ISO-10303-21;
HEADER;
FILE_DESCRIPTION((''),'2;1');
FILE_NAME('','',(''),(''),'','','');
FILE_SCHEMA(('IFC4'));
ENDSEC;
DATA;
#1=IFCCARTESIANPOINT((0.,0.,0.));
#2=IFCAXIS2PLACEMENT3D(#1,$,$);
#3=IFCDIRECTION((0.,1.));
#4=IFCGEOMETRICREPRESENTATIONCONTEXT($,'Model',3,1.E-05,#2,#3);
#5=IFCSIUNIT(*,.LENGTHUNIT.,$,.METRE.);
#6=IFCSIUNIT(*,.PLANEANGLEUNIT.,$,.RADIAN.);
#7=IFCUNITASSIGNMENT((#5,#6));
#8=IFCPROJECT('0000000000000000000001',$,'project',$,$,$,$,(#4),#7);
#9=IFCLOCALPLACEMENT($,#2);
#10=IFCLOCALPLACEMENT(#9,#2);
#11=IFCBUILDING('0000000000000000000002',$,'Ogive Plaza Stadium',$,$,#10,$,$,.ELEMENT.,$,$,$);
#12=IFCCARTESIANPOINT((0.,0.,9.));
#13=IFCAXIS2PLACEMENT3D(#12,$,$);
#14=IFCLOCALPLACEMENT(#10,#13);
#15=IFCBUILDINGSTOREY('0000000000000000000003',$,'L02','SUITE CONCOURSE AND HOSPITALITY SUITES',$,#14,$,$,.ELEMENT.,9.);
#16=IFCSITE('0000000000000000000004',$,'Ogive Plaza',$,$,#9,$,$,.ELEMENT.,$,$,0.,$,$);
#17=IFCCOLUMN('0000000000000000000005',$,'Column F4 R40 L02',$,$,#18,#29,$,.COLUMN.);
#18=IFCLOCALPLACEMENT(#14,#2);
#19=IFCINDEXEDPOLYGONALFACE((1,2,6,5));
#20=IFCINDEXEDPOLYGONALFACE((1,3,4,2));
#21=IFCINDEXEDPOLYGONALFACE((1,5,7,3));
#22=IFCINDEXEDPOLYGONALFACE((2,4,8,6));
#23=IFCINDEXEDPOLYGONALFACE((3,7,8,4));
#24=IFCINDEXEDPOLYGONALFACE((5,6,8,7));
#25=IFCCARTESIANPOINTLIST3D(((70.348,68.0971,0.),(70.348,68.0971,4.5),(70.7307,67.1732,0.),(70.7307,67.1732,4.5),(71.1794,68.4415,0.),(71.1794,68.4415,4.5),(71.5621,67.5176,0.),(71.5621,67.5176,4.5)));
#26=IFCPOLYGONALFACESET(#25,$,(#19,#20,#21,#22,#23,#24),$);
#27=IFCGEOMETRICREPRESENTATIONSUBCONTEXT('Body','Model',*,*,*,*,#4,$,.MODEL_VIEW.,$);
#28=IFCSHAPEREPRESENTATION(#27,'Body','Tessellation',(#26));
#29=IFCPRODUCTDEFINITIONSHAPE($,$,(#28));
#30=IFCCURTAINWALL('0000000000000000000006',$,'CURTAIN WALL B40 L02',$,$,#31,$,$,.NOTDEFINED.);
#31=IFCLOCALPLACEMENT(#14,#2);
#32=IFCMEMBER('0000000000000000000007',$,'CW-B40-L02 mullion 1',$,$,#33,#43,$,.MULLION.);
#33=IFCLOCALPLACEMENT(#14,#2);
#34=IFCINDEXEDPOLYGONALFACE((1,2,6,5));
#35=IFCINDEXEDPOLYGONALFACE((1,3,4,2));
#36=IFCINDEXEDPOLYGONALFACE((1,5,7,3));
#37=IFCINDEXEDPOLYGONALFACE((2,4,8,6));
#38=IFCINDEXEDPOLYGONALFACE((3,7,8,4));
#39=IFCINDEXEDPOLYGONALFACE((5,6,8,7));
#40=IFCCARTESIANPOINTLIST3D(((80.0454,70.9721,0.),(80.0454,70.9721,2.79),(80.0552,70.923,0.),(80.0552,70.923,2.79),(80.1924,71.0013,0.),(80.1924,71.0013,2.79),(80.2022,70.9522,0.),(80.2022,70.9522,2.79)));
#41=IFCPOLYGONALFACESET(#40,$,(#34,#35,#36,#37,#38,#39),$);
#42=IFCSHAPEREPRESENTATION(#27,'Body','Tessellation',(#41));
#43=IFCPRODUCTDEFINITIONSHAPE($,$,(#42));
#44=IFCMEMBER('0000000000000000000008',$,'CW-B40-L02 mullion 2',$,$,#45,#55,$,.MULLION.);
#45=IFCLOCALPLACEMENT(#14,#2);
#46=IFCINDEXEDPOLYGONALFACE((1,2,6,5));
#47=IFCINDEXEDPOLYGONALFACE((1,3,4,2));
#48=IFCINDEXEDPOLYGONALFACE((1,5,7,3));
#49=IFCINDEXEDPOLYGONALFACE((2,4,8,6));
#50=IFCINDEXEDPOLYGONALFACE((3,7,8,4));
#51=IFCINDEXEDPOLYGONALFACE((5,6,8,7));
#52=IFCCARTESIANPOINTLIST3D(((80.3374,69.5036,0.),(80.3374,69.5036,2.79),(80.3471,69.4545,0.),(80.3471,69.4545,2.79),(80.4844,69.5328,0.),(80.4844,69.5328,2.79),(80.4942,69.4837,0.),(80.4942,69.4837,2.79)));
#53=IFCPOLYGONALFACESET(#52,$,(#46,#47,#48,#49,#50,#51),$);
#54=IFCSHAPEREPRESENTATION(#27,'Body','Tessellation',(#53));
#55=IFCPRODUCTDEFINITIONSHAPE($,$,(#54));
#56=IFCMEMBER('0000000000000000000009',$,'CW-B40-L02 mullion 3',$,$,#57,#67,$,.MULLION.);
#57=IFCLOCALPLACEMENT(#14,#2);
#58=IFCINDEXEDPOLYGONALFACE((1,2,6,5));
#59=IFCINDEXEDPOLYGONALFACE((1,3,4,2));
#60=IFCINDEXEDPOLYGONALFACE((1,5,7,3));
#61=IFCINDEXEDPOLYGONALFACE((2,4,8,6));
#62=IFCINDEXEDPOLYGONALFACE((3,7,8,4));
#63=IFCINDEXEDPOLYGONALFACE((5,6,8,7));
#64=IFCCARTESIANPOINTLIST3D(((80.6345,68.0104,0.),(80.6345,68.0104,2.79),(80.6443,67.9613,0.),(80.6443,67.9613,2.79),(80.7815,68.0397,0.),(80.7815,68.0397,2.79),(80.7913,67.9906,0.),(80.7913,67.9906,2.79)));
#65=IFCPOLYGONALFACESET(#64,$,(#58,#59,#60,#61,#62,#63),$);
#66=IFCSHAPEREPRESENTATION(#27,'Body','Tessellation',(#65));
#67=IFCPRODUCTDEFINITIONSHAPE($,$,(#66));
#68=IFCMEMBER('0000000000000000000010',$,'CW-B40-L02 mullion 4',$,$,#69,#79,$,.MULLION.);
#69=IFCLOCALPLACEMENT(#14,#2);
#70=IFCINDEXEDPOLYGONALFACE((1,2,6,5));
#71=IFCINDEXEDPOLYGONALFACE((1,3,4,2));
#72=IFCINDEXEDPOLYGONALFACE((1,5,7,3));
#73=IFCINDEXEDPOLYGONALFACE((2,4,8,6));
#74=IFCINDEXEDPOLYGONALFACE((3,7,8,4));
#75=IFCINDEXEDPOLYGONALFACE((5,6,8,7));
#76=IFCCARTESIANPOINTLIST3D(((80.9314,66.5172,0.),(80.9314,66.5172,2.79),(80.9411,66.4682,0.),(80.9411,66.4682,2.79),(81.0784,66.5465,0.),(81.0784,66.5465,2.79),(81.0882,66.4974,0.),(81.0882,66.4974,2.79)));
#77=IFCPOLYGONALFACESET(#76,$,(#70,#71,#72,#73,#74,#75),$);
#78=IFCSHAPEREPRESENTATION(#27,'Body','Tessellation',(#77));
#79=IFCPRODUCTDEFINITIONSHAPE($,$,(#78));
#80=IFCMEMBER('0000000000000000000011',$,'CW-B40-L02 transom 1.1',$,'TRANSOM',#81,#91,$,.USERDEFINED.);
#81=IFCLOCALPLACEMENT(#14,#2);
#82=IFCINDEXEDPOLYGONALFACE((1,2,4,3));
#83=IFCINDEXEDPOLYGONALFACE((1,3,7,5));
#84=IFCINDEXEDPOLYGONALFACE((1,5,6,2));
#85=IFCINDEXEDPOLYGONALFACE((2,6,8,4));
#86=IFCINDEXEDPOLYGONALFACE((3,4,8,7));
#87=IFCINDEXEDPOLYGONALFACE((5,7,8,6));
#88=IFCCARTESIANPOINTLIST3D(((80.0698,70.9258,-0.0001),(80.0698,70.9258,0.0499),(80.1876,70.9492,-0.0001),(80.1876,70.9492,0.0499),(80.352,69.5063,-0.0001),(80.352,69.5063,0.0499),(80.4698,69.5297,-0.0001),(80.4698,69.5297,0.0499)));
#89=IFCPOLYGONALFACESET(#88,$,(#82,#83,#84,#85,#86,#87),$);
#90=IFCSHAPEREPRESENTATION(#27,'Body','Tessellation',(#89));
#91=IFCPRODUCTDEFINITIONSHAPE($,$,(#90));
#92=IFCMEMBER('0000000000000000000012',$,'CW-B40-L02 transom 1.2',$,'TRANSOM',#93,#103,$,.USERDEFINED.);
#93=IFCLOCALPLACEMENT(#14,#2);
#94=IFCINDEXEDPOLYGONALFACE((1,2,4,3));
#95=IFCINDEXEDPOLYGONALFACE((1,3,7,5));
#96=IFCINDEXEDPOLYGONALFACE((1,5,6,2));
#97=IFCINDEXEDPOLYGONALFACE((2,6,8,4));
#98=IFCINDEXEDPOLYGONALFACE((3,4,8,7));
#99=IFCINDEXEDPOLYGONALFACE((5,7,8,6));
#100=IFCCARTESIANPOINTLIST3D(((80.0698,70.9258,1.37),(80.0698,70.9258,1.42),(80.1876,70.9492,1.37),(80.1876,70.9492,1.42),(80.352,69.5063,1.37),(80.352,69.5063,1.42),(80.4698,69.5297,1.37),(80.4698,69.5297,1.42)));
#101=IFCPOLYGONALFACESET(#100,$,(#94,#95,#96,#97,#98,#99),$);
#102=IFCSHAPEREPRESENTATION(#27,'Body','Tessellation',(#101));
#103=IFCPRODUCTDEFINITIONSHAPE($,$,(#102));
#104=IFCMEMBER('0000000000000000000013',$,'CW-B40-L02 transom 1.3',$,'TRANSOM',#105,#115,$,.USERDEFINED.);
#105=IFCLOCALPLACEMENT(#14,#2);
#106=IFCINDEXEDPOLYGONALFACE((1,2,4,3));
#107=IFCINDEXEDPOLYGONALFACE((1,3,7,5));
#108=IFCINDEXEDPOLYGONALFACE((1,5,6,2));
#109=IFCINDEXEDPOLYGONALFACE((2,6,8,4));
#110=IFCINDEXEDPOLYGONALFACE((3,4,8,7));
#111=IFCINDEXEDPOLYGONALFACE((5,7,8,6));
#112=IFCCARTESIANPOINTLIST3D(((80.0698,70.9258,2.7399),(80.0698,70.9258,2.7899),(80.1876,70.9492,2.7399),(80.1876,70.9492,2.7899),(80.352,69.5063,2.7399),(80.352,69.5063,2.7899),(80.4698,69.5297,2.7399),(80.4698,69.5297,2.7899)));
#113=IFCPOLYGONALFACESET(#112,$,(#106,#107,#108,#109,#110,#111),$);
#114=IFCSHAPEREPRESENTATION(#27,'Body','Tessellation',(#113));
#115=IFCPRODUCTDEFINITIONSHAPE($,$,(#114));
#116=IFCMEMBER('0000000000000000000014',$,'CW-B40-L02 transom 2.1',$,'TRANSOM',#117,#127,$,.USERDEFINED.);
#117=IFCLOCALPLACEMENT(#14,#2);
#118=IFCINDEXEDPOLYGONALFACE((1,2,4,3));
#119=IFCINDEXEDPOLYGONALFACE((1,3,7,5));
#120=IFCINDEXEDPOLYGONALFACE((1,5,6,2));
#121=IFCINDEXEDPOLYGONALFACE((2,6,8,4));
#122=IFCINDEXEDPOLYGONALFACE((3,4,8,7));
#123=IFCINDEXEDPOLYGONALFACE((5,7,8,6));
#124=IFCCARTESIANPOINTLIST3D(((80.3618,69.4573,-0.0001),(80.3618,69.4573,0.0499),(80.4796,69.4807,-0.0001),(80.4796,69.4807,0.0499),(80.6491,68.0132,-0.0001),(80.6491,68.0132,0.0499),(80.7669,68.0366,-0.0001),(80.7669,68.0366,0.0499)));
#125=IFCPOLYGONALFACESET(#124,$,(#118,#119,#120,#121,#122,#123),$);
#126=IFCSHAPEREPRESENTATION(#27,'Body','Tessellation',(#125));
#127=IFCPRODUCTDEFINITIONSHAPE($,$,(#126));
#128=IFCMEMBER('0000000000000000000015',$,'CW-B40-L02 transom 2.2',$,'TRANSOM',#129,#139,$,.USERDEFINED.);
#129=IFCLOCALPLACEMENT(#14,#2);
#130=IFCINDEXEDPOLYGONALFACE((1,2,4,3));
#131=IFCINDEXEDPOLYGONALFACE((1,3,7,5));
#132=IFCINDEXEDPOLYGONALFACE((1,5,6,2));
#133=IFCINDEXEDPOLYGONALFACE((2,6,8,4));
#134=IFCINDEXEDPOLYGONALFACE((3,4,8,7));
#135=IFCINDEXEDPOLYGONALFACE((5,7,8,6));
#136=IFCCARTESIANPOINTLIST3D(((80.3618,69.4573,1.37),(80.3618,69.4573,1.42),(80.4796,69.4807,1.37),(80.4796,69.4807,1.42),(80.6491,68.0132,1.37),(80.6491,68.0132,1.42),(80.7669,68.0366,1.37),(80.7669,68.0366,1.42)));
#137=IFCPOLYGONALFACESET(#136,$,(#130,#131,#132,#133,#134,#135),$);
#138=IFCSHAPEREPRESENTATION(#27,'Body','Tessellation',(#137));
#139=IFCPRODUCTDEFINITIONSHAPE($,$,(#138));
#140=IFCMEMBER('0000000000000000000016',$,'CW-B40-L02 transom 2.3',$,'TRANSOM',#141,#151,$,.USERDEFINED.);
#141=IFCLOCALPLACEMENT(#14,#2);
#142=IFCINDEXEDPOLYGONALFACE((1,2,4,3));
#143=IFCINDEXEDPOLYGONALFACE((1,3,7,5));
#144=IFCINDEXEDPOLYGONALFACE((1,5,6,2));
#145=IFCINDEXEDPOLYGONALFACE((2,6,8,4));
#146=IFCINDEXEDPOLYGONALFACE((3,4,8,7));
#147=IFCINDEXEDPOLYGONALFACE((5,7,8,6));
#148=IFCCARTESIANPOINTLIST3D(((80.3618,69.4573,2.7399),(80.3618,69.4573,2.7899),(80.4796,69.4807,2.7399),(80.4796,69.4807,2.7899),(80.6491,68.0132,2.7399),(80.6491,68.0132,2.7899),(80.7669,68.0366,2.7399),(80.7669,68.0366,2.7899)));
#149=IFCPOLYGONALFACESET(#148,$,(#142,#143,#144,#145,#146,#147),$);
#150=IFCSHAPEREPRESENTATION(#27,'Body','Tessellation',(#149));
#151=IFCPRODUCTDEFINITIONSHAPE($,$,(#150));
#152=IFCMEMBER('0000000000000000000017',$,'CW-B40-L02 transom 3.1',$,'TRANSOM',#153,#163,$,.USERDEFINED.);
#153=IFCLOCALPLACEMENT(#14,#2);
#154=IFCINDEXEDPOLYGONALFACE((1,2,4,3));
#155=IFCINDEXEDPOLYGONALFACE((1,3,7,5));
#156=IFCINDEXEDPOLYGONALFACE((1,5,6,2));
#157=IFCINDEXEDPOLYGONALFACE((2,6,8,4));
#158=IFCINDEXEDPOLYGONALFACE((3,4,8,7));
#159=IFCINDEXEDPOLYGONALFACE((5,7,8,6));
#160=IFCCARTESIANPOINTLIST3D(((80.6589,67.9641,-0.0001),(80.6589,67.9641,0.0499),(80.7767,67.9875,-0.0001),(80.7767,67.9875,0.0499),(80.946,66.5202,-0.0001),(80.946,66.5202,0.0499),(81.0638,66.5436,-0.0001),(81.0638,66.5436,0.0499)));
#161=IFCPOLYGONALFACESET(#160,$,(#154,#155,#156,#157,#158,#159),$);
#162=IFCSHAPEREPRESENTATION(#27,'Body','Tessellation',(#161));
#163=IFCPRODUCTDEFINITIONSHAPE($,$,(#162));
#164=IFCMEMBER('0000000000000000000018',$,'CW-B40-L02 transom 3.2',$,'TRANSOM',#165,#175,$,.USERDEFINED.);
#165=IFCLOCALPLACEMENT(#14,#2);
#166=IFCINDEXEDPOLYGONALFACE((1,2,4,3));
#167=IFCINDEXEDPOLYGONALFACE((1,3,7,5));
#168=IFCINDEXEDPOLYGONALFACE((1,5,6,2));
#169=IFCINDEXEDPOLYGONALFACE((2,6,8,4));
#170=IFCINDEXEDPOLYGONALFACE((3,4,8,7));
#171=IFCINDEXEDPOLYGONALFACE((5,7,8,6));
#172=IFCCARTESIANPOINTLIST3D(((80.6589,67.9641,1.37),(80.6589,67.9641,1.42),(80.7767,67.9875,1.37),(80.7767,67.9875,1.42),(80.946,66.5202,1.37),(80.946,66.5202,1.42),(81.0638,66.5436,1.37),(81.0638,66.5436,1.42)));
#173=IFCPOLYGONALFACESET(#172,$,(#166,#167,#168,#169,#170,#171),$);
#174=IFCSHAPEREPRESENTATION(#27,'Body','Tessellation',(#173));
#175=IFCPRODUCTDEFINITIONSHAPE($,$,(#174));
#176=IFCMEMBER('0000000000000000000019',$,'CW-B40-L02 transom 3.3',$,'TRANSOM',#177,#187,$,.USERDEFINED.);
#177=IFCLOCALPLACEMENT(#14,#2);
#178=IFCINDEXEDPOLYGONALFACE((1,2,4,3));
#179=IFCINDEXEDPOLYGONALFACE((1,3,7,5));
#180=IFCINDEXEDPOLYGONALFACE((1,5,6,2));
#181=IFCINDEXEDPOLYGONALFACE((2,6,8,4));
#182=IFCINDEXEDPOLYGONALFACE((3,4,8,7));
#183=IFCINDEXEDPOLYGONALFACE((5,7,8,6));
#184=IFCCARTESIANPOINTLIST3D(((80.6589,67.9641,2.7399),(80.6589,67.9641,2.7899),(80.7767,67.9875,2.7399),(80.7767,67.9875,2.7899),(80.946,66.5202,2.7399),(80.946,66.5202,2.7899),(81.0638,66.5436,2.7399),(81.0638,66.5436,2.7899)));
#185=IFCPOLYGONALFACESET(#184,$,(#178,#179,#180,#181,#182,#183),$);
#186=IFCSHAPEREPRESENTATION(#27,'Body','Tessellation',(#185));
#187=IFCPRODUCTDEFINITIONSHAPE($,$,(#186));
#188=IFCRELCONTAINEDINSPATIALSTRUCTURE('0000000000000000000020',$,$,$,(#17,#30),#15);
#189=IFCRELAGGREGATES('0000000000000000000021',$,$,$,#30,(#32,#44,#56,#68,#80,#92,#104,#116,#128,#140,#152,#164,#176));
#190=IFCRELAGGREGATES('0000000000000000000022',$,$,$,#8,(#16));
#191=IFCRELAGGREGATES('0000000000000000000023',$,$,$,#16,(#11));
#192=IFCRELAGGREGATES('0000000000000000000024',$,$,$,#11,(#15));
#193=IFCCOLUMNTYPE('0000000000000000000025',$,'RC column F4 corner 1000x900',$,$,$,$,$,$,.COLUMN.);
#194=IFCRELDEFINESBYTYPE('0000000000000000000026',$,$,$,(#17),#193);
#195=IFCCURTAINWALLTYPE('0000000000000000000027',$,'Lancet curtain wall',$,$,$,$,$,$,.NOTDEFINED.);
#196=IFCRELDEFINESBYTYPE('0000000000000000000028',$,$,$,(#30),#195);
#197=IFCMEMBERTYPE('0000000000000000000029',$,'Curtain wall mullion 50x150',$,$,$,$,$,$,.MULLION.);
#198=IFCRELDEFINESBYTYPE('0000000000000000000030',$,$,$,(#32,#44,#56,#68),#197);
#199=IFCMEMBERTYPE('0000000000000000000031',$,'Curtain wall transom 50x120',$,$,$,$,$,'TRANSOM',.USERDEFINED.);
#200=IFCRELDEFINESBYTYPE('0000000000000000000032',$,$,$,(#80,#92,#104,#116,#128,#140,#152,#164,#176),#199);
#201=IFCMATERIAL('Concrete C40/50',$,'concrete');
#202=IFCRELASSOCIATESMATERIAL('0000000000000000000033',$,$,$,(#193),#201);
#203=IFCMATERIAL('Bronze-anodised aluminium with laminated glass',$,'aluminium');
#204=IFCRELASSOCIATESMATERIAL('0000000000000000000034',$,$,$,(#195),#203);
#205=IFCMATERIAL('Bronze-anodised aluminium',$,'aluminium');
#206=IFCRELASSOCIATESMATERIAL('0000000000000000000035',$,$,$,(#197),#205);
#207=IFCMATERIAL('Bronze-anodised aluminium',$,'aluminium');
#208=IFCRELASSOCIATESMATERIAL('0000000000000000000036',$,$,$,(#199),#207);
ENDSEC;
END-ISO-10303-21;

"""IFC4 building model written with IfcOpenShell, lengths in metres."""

from ifc_helpers import new_model, si_unit, direction, frame, origin, origin_2d, place, context, subcontext, project, spatial, rectangle, extrude, material, material_profile, profile_set, type_object, element, aggregate, save


model = new_model("IFC4")

# Units and contexts
model_context = context("Model", 3, precision=1e-05, world=origin(), true_north=direction((0.0, 1.0)))
body_context = subcontext(model_context, "Body", "Model", "MODEL_VIEW")
ifc_project = project(units=[si_unit("LENGTHUNIT", "METRE"), si_unit("PLANEANGLEUNIT", "RADIAN")], contexts=[model_context])

# Site, building, storey
site_placement = place(None, origin())
site = spatial("IfcSite", under=ifc_project, at=site_placement, Name="Ogive Plaza", CompositionType="ELEMENT", RefElevation=0.0)
building_placement = place(site_placement, origin())
building = spatial("IfcBuilding", under=site, at=building_placement, Name="Ogive Plaza Stadium", CompositionType="ELEMENT")
storey_placement = place(building_placement, frame((0.0, 0.0, 9.0)))
storey = spatial("IfcBuildingStorey", under=building, at=storey_placement, Name="L02", Description="SUITE CONCOURSE AND HOSPITALITY SUITES", CompositionType="ELEMENT", Elevation=9.0)

# Column
ifc_material_1 = material(Name="Concrete C40/50", Category="concrete")
ifc_material_profile_1 = material_profile(ifc_material_1, rectangle(XDim=1.0, YDim=0.8999, at=origin_2d()), Name="RC 1000x900")
ifc_profile_set_1 = profile_set([ifc_material_profile_1], Name="Concrete C40/50")
column_type = type_object("IfcColumnType", Name="RC column F4 corner 1000x900", PredefinedType="COLUMN", material=ifc_profile_set_1)
column_placement = place(storey_placement, frame((70.9551, 67.8074, 0.0), z_axis=(0.0, 0.0, 1.0), x_axis=(-0.382683, 0.92388, 0.0)))
element("IfcColumn", 1, at=column_placement, inside=storey, type_object=column_type, Name="Column F4 R40 L02", PredefinedType="COLUMN", context=body_context, shape_type="SweptSolid", body=[
    extrude(rectangle(XDim=1.0, YDim=0.8999, at=origin_2d()), origin(), (0.0, 0.0, 1.0), 4.5),
])

# Curtain wall, members
ifc_material_2 = material(Name="Bronze-anodised aluminium with laminated glass", Category="aluminium")
curtain_wall_type = type_object("IfcCurtainWallType", Name="Lancet curtain wall", PredefinedType="NOTDEFINED", material=ifc_material_2)
curtain_wall_placement = place(storey_placement, origin())
curtain_wall = element("IfcCurtainWall", 2, at=curtain_wall_placement, inside=storey, type_object=curtain_wall_type, Name="CURTAIN WALL B40 L02", PredefinedType="NOTDEFINED")
ifc_material_3 = material(Name="Bronze-anodised aluminium", Category="aluminium")
ifc_material_profile_2 = material_profile(ifc_material_3, rectangle(XDim=0.1499, YDim=0.05, at=origin_2d()), Name="AL 150x50")
ifc_profile_set_2 = profile_set([ifc_material_profile_2], Name="Bronze-anodised aluminium")
member_type_1 = type_object("IfcMemberType", Name="Curtain wall mullion 50x150", PredefinedType="MULLION", material=ifc_profile_set_2)
member_1_placement = place(storey_placement, frame((80.1238, 70.9622, 0.0), z_axis=(0.0, 0.0, 1.0), x_axis=(0.980785, 0.19509, 0.0)))
member_1 = element("IfcMember", 3, at=member_1_placement, type_object=member_type_1, Name="CW-B40-L02 mullion 1", PredefinedType="MULLION", context=body_context, shape_type="SweptSolid", body=[
    extrude(rectangle(XDim=0.1499, YDim=0.05, at=origin_2d()), origin(), (0.0, 0.0, 1.0), 2.79),
])
member_2_placement = place(storey_placement, frame((80.4158, 69.4937, 0.0), z_axis=(0.0, 0.0, 1.0), x_axis=(0.980785, 0.19509, 0.0)))
member_2 = element("IfcMember", 4, at=member_2_placement, type_object=member_type_1, Name="CW-B40-L02 mullion 2", PredefinedType="MULLION", context=body_context, shape_type="SweptSolid", body=[
    extrude(rectangle(XDim=0.1499, YDim=0.05, at=origin_2d()), origin(), (0.0, 0.0, 1.0), 2.79),
])
member_3_placement = place(storey_placement, frame((80.7129, 68.0005, 0.0), z_axis=(0.0, 0.0, 1.0), x_axis=(0.980785, 0.19509, 0.0)))
member_3 = element("IfcMember", 5, at=member_3_placement, type_object=member_type_1, Name="CW-B40-L02 mullion 3", PredefinedType="MULLION", context=body_context, shape_type="SweptSolid", body=[
    extrude(rectangle(XDim=0.1499, YDim=0.05, at=origin_2d()), origin(), (0.0, 0.0, 1.0), 2.79),
])
member_4_placement = place(storey_placement, frame((81.0098, 66.5073, 0.0), z_axis=(0.0, 0.0, 1.0), x_axis=(0.980785, 0.19509, 0.0)))
member_4 = element("IfcMember", 6, at=member_4_placement, type_object=member_type_1, Name="CW-B40-L02 mullion 4", PredefinedType="MULLION", context=body_context, shape_type="SweptSolid", body=[
    extrude(rectangle(XDim=0.1499, YDim=0.05, at=origin_2d()), origin(), (0.0, 0.0, 1.0), 2.79),
])
ifc_material_4 = material(Name="Bronze-anodised aluminium", Category="aluminium")
ifc_material_profile_3 = material_profile(ifc_material_4, rectangle(XDim=0.1201, YDim=0.05, at=origin_2d()), Name="AL 120x50")
ifc_profile_set_3 = profile_set([ifc_material_profile_3], Name="Bronze-anodised aluminium")
member_type_2 = type_object("IfcMemberType", Name="Curtain wall transom 50x120", ElementType="TRANSOM", PredefinedType="USERDEFINED", material=ifc_profile_set_3)
member_5_placement = place(storey_placement, frame((80.1287, 70.9375, 0.0249), z_axis=(0.195013, -0.980801, 0.0), x_axis=(0.980801, 0.195013, 0.0)))
member_5 = element("IfcMember", 7, at=member_5_placement, type_object=member_type_2, Name="CW-B40-L02 transom 1.1", ObjectType="TRANSOM", PredefinedType="USERDEFINED", context=body_context, shape_type="SweptSolid", body=[
    extrude(rectangle(XDim=0.1201, YDim=0.05, at=origin_2d()), origin(), (0.0, 0.0, 1.0), 1.4473),
])
member_6_placement = place(storey_placement, frame((80.1287, 70.9375, 1.395), z_axis=(0.195013, -0.980801, 0.0), x_axis=(0.980801, 0.195013, 0.0)))
member_6 = element("IfcMember", 8, at=member_6_placement, type_object=member_type_2, Name="CW-B40-L02 transom 1.2", ObjectType="TRANSOM", PredefinedType="USERDEFINED", context=body_context, shape_type="SweptSolid", body=[
    extrude(rectangle(XDim=0.1201, YDim=0.05, at=origin_2d()), origin(), (0.0, 0.0, 1.0), 1.4473),
])
member_7_placement = place(storey_placement, frame((80.1287, 70.9375, 2.7649), z_axis=(0.195013, -0.980801, 0.0), x_axis=(0.980801, 0.195013, 0.0)))
member_7 = element("IfcMember", 9, at=member_7_placement, type_object=member_type_2, Name="CW-B40-L02 transom 1.3", ObjectType="TRANSOM", PredefinedType="USERDEFINED", context=body_context, shape_type="SweptSolid", body=[
    extrude(rectangle(XDim=0.1201, YDim=0.05, at=origin_2d()), origin(), (0.0, 0.0, 1.0), 1.4473),
])
member_8_placement = place(storey_placement, frame((80.4207, 69.469, 0.0249), z_axis=(0.195159, -0.980772, 0.0), x_axis=(0.980772, 0.195159, 0.0)))
member_8 = element("IfcMember", 10, at=member_8_placement, type_object=member_type_2, Name="CW-B40-L02 transom 2.1", ObjectType="TRANSOM", PredefinedType="USERDEFINED", context=body_context, shape_type="SweptSolid", body=[
    extrude(rectangle(XDim=0.1201, YDim=0.05, at=origin_2d()), origin(), (0.0, 0.0, 1.0), 1.4724),
])
member_9_placement = place(storey_placement, frame((80.4207, 69.469, 1.395), z_axis=(0.195159, -0.980772, 0.0), x_axis=(0.980772, 0.195159, 0.0)))
member_9 = element("IfcMember", 11, at=member_9_placement, type_object=member_type_2, Name="CW-B40-L02 transom 2.2", ObjectType="TRANSOM", PredefinedType="USERDEFINED", context=body_context, shape_type="SweptSolid", body=[
    extrude(rectangle(XDim=0.1201, YDim=0.05, at=origin_2d()), origin(), (0.0, 0.0, 1.0), 1.4724),
])
member_10_placement = place(storey_placement, frame((80.4207, 69.469, 2.7649), z_axis=(0.195159, -0.980772, 0.0), x_axis=(0.980772, 0.195159, 0.0)))
member_10 = element("IfcMember", 12, at=member_10_placement, type_object=member_type_2, Name="CW-B40-L02 transom 2.3", ObjectType="TRANSOM", PredefinedType="USERDEFINED", context=body_context, shape_type="SweptSolid", body=[
    extrude(rectangle(XDim=0.1201, YDim=0.05, at=origin_2d()), origin(), (0.0, 0.0, 1.0), 1.4724),
])
member_11_placement = place(storey_placement, frame((80.7178, 67.9758, 0.0249), z_axis=(0.195032, -0.980797, 0.0), x_axis=(0.980797, 0.195032, 0.0)))
member_11 = element("IfcMember", 13, at=member_11_placement, type_object=member_type_2, Name="CW-B40-L02 transom 3.1", ObjectType="TRANSOM", PredefinedType="USERDEFINED", context=body_context, shape_type="SweptSolid", body=[
    extrude(rectangle(XDim=0.1201, YDim=0.05, at=origin_2d()), origin(), (0.0, 0.0, 1.0), 1.4722),
])
member_12_placement = place(storey_placement, frame((80.7178, 67.9758, 1.395), z_axis=(0.195032, -0.980797, 0.0), x_axis=(0.980797, 0.195032, 0.0)))
member_12 = element("IfcMember", 14, at=member_12_placement, type_object=member_type_2, Name="CW-B40-L02 transom 3.2", ObjectType="TRANSOM", PredefinedType="USERDEFINED", context=body_context, shape_type="SweptSolid", body=[
    extrude(rectangle(XDim=0.1201, YDim=0.05, at=origin_2d()), origin(), (0.0, 0.0, 1.0), 1.4722),
])
member_13_placement = place(storey_placement, frame((80.7178, 67.9758, 2.7649), z_axis=(0.195032, -0.980797, 0.0), x_axis=(0.980797, 0.195032, 0.0)))
member_13 = element("IfcMember", 15, at=member_13_placement, type_object=member_type_2, Name="CW-B40-L02 transom 3.3", ObjectType="TRANSOM", PredefinedType="USERDEFINED", context=body_context, shape_type="SweptSolid", body=[
    extrude(rectangle(XDim=0.1201, YDim=0.05, at=origin_2d()), origin(), (0.0, 0.0, 1.0), 1.4722),
])

aggregate(curtain_wall, [member_1, member_2, member_3, member_4, member_5, member_6, member_7, member_8, member_9, member_10, member_11, member_12, member_13])

save(model, "model.ifc")
